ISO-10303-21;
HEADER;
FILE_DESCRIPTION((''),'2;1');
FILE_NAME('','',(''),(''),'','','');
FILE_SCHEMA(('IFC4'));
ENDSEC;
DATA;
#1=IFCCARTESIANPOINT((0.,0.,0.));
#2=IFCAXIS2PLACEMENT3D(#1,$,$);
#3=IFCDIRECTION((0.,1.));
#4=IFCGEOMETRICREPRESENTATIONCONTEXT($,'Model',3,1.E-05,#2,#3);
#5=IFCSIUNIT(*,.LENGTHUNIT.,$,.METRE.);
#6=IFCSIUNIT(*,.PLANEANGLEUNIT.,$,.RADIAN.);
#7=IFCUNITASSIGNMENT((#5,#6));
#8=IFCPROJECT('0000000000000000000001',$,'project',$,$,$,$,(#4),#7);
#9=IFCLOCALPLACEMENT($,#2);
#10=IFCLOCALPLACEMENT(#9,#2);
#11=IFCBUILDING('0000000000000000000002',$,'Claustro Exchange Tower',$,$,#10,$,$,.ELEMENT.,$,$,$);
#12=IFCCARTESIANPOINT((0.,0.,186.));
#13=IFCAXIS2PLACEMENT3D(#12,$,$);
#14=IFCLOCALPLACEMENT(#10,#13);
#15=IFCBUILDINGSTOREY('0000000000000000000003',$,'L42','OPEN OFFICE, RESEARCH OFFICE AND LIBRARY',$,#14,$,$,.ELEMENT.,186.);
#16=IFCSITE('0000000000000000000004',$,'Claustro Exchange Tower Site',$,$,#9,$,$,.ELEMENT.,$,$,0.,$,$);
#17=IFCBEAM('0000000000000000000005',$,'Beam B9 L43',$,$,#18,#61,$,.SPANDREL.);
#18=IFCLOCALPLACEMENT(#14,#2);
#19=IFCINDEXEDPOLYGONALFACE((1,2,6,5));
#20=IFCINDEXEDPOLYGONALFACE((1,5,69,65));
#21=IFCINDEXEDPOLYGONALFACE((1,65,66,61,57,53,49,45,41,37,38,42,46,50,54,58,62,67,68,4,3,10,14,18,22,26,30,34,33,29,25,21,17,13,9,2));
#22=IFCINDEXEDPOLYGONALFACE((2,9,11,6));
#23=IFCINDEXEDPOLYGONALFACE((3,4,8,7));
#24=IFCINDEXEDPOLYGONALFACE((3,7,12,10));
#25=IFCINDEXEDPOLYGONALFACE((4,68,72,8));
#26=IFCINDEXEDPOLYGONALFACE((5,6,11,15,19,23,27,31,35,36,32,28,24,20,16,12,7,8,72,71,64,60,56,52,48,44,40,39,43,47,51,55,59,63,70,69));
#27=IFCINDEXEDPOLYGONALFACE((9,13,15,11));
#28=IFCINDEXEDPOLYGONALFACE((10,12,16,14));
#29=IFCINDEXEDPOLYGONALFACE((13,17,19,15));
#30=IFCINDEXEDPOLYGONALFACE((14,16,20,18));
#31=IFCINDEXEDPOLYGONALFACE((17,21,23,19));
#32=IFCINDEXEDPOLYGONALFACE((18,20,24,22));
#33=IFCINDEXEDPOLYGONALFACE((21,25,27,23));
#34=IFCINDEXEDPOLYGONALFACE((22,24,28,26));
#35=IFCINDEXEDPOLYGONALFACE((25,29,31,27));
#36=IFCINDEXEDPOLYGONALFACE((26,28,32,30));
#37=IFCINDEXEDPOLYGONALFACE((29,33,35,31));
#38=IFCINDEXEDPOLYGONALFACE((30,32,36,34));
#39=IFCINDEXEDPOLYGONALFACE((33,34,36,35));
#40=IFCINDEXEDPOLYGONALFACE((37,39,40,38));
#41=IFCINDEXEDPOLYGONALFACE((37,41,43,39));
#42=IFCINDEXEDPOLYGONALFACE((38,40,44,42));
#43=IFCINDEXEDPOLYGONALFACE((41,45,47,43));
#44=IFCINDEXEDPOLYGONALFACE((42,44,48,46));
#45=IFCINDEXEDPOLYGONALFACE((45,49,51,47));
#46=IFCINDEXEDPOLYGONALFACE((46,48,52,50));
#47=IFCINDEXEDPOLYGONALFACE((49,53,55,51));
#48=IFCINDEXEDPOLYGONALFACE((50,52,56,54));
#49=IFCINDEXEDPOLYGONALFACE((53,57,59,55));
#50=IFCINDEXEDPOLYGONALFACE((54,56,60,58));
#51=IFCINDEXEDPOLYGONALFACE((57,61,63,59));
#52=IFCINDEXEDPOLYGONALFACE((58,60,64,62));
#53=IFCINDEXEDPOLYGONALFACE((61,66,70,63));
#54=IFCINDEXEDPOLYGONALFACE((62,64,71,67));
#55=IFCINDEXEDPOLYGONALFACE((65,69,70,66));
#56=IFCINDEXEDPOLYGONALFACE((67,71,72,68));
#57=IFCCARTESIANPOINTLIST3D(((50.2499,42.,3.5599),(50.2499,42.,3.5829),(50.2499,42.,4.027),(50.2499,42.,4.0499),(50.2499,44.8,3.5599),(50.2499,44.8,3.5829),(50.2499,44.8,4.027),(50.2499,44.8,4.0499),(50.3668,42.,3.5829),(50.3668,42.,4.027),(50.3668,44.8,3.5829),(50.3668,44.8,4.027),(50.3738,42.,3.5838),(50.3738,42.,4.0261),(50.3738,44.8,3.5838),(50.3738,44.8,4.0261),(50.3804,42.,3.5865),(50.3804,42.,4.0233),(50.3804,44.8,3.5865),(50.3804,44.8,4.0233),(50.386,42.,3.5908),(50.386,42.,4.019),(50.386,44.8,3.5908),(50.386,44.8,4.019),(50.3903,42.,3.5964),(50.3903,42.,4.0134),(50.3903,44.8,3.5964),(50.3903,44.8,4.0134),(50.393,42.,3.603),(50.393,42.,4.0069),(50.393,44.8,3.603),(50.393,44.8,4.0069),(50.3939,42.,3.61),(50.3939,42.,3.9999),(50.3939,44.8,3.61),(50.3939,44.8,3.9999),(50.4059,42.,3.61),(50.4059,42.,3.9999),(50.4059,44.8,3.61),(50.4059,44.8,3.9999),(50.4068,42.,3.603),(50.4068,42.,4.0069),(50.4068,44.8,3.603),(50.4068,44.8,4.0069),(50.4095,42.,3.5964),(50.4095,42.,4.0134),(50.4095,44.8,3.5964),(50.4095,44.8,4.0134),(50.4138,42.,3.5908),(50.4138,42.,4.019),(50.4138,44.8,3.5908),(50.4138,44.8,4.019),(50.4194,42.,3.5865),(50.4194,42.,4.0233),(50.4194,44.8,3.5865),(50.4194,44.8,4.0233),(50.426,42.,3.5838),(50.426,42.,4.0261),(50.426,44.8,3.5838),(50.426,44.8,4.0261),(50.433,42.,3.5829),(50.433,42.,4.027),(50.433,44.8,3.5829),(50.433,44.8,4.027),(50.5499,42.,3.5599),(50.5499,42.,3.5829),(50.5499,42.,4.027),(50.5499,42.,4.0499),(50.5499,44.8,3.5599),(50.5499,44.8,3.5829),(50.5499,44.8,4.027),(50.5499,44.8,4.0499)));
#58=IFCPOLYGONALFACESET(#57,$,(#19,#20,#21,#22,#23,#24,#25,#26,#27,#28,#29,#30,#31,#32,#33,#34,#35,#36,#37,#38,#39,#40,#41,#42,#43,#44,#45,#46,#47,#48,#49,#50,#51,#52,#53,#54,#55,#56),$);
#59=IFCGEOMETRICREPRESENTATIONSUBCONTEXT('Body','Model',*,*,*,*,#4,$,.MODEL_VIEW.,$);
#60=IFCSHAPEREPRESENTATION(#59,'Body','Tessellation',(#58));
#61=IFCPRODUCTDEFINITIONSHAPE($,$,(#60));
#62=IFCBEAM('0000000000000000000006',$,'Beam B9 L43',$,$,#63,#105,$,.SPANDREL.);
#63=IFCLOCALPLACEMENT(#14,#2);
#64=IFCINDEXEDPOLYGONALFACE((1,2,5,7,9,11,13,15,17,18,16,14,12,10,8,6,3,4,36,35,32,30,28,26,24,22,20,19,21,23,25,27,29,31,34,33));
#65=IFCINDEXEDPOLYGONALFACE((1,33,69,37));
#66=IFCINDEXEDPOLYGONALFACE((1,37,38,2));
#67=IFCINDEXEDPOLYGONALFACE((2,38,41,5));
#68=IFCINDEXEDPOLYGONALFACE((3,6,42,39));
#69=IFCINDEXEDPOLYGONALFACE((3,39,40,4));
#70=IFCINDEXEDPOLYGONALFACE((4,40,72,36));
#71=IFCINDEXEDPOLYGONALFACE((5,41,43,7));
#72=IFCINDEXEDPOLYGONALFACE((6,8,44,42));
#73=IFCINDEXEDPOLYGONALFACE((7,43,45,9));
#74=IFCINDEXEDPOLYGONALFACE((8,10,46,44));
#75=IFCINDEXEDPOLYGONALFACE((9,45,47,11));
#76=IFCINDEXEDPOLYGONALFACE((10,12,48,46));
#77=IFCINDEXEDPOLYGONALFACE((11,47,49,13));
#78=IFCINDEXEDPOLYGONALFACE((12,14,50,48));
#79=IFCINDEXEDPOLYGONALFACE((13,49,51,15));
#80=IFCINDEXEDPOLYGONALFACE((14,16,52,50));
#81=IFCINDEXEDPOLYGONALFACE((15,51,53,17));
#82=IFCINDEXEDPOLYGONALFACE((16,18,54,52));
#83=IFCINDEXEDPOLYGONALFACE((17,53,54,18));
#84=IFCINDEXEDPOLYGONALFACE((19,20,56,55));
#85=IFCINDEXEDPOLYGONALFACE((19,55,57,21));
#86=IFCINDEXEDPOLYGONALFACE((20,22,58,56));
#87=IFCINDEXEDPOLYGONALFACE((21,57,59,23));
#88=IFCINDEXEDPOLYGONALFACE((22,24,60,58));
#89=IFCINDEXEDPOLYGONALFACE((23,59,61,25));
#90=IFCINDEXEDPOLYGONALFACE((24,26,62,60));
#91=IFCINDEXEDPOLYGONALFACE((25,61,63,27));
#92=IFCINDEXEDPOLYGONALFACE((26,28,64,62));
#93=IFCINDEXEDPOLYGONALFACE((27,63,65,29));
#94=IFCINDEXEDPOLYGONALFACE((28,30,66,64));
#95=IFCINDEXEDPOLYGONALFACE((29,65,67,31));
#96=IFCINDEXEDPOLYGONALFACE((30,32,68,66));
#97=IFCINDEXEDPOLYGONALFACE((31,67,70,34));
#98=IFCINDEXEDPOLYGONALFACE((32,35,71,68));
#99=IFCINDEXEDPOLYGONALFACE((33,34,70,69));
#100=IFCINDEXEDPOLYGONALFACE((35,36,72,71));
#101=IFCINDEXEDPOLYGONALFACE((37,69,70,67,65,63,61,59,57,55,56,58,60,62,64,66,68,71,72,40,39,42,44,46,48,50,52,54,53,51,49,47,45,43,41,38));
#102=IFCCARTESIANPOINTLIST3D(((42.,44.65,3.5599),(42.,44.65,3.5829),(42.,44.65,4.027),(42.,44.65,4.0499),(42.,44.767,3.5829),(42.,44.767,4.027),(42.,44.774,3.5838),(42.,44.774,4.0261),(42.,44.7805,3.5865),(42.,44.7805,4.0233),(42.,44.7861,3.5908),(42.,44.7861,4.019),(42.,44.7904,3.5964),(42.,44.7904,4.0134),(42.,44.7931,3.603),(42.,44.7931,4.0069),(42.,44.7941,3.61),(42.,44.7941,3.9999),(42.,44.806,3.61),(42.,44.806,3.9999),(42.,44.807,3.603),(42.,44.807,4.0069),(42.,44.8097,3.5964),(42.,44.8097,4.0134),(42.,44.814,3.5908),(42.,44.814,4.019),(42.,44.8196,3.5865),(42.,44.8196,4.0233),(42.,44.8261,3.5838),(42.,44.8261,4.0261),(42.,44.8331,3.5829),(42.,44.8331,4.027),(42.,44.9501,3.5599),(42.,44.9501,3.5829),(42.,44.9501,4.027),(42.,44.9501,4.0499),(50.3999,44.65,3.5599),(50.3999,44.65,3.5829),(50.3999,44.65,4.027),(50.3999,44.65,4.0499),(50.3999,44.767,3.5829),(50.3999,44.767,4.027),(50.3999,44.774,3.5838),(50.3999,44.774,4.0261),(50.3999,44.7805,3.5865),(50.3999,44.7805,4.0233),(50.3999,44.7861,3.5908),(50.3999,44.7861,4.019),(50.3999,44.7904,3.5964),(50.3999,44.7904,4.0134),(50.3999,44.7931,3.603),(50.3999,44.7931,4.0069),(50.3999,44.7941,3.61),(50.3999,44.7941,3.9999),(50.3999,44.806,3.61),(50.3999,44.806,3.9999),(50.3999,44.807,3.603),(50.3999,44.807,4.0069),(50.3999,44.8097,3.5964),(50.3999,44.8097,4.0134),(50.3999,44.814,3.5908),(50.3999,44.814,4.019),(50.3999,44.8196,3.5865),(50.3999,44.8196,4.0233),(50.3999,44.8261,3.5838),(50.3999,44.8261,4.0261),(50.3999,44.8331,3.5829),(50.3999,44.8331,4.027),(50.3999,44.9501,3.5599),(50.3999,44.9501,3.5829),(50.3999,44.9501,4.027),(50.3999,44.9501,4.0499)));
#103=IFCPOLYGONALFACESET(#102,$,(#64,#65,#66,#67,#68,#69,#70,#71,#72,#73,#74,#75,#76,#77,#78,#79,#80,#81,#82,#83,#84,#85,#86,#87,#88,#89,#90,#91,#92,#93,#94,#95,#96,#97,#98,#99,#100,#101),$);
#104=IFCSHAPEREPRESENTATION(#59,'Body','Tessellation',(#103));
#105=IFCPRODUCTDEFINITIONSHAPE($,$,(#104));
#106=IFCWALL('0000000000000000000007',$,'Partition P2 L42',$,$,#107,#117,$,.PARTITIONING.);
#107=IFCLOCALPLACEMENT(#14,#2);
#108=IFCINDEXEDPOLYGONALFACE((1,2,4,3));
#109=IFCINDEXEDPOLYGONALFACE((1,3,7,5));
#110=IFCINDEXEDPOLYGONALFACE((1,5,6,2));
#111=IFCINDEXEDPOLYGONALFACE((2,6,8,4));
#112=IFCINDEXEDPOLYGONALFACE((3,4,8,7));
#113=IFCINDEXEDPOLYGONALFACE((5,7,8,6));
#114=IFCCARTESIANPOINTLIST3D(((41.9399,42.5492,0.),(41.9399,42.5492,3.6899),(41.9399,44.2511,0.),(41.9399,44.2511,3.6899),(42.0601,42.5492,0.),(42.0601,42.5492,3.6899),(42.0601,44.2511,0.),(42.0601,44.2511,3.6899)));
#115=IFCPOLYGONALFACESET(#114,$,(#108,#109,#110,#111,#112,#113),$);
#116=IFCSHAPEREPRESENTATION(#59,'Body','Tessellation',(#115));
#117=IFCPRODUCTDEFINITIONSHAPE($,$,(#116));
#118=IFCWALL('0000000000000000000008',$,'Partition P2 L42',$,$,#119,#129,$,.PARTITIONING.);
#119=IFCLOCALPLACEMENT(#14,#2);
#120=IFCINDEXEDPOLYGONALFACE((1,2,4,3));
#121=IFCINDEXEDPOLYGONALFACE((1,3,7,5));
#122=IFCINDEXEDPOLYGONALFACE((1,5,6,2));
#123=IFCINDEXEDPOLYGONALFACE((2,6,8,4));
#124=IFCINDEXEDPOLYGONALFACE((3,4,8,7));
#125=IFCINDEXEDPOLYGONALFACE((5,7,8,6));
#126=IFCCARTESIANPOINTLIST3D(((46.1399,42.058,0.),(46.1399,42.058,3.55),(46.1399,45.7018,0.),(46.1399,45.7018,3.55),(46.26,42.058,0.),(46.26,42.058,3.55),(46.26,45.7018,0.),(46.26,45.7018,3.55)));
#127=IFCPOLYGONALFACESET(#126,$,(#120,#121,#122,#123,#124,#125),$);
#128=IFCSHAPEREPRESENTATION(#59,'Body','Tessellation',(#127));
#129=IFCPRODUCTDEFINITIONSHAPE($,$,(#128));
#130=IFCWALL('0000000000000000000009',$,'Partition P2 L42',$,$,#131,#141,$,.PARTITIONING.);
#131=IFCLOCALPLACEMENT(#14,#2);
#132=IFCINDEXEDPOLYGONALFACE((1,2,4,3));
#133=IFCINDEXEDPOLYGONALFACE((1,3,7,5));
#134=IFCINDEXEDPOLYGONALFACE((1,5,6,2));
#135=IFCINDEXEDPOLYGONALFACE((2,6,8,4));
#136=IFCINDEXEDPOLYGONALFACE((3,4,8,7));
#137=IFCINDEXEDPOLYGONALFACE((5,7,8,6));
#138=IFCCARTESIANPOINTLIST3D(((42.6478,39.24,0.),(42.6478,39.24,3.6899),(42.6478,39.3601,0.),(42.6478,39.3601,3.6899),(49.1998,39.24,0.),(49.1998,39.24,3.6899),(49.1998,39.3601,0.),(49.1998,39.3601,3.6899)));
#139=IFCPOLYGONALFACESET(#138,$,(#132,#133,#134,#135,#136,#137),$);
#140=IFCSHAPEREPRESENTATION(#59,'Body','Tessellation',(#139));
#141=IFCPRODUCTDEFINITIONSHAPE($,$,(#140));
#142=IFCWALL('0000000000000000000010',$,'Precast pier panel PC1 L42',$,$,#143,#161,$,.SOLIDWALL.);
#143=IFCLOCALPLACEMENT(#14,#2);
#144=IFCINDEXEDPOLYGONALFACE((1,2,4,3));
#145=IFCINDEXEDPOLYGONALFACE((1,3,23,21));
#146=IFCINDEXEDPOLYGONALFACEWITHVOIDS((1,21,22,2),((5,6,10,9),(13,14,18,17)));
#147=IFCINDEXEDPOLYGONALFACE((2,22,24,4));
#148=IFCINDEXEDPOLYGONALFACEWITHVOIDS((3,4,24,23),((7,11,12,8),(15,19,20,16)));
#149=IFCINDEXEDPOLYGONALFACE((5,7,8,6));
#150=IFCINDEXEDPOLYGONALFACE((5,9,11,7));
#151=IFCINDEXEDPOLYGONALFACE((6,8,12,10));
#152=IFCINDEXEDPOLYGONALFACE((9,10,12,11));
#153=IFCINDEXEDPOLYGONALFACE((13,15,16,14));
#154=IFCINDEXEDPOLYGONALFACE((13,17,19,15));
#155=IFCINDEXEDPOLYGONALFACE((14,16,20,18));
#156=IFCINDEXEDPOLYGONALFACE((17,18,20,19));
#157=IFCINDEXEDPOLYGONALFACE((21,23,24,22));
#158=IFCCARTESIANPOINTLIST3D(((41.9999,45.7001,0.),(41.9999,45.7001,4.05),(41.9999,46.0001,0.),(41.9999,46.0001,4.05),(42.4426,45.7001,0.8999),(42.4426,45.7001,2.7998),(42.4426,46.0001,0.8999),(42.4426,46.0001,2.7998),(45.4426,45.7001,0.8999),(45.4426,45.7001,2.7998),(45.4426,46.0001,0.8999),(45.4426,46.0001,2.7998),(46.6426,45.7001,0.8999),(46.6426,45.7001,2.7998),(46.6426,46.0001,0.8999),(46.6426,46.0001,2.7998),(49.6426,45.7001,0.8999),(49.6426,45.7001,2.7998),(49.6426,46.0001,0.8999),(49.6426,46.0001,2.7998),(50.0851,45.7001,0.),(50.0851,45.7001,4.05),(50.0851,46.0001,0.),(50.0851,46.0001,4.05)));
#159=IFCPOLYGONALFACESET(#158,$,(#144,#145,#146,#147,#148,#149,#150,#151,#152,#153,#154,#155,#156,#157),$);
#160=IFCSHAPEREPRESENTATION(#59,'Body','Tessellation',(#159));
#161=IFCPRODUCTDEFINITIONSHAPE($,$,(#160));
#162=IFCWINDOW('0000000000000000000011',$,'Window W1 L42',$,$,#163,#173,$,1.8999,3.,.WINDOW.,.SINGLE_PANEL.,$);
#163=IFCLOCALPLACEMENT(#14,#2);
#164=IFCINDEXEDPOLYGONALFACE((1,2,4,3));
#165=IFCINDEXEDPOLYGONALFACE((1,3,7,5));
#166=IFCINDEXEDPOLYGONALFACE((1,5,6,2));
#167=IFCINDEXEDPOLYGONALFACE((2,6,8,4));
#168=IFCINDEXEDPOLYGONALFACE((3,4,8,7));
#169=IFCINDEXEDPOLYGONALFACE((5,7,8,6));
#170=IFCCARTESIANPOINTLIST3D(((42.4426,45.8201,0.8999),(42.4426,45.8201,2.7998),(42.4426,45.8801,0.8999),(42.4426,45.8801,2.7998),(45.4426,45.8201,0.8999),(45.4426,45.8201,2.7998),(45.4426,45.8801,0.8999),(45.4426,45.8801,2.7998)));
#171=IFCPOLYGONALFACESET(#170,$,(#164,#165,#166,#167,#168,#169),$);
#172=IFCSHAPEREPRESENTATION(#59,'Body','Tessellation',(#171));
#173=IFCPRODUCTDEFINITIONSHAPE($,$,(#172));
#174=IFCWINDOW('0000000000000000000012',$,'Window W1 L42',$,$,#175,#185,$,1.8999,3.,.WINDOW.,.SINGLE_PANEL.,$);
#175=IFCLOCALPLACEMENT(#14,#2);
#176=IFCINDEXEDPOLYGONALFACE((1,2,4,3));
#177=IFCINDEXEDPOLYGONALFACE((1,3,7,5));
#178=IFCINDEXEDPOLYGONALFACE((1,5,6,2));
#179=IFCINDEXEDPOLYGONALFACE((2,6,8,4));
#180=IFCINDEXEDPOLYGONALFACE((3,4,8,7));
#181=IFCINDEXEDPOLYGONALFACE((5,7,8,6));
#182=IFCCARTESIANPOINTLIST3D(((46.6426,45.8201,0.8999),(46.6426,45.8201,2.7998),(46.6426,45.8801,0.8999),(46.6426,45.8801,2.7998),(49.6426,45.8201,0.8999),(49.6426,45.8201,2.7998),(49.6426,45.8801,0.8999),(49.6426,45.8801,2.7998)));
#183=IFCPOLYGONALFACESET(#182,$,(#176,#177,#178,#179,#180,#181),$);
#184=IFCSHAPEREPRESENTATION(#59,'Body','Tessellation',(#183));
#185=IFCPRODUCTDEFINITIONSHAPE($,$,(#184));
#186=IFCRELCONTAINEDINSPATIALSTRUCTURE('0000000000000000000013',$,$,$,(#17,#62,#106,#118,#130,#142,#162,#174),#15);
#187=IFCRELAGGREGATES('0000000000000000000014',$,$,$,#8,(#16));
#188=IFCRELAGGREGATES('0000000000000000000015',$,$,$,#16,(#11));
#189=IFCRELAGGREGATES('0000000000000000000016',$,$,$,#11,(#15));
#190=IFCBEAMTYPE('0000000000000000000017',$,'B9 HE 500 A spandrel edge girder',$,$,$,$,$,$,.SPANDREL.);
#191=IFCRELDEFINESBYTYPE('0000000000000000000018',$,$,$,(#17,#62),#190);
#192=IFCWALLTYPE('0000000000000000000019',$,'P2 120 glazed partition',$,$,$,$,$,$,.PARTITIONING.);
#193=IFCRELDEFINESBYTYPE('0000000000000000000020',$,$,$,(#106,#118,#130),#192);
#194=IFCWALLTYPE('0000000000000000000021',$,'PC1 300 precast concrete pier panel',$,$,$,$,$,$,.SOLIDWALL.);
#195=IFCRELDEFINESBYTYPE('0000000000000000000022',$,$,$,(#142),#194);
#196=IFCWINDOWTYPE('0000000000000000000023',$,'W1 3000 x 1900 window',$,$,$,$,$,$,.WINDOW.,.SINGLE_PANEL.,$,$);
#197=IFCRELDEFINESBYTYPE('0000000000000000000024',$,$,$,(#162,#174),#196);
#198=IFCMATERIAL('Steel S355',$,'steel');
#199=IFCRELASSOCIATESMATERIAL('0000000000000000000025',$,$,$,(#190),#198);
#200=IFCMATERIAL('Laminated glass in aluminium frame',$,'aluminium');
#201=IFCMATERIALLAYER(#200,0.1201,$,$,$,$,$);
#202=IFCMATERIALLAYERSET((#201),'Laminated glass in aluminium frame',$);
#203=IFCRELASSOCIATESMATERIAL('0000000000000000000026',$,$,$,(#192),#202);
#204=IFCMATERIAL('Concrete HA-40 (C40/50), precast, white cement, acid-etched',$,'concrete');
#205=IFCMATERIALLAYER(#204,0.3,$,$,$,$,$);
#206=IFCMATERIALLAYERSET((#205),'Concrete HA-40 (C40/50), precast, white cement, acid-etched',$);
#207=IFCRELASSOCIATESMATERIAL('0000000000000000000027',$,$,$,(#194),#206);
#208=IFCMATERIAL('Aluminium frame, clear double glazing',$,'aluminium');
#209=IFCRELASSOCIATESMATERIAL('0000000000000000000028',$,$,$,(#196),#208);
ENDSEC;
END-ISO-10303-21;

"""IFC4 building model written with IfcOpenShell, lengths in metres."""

from ifc_helpers import new_model, si_unit, direction, frame, frame_2d, origin, origin_2d, place, context, subcontext, project, spatial, rectangle, i_section, extrude, material, layer, layer_set, material_profile, profile_set, type_object, element, fill, save


model = new_model("IFC4")

# Units and contexts
model_context = context("Model", 3, precision=1e-05, world=origin(), true_north=direction((0.0, 1.0)))
body_context = subcontext(model_context, "Body", "Model", "MODEL_VIEW")
ifc_project = project(units=[si_unit("LENGTHUNIT", "METRE"), si_unit("PLANEANGLEUNIT", "RADIAN")], contexts=[model_context])

# Site, building, storey
site_placement = place(None, origin())
site = spatial("IfcSite", under=ifc_project, at=site_placement, Name="Claustro Exchange Tower Site", CompositionType="ELEMENT", RefElevation=0.0)
building_placement = place(site_placement, origin())
building = spatial("IfcBuilding", under=site, at=building_placement, Name="Claustro Exchange Tower", CompositionType="ELEMENT")
storey_placement = place(building_placement, frame((0.0, 0.0, 186.0)))
storey = spatial("IfcBuildingStorey", under=building, at=storey_placement, Name="L42", Description="OPEN OFFICE, RESEARCH OFFICE AND LIBRARY", CompositionType="ELEMENT", Elevation=186.0)

# Beams
ifc_material_1 = material(Name="Steel S355", Category="steel")
ifc_material_profile_1 = material_profile(ifc_material_1, i_section(OverallWidth=0.3, OverallDepth=0.49, WebThickness=0.012, FlangeThickness=0.0229, FilletRadius=0.0271, at=origin_2d()), Name="HE 500 A")
ifc_profile_set_1 = profile_set([ifc_material_profile_1], Name="Steel S355")
beam_type_1 = type_object("IfcBeamType", Name="B9 HE 500 A spandrel edge girder", PredefinedType="SPANDREL", material=ifc_profile_set_1)
beam_1_placement = place(storey_placement, frame((50.3999, 42.0, 3.8049), z_axis=(0.0, 1.0, 0.0), x_axis=(-1.0, 0.0, 0.0)))
element("IfcBeam", 1, at=beam_1_placement, inside=storey, type_object=beam_type_1, Name="Beam B9 L43", PredefinedType="SPANDREL", context=body_context, shape_type="SweptSolid", body=[
    extrude(i_section(OverallWidth=0.3, OverallDepth=0.49, WebThickness=0.012, FlangeThickness=0.0229, FilletRadius=0.0271, at=origin_2d()), origin(), (0.0, 0.0, 1.0), 2.8),
])
beam_2_placement = place(storey_placement, frame((42.0, 44.8, 3.8049), z_axis=(1.0, 0.0, 0.0), x_axis=(0.0, 1.0, 0.0)))
element("IfcBeam", 2, at=beam_2_placement, inside=storey, type_object=beam_type_1, Name="Beam B9 L43", PredefinedType="SPANDREL", context=body_context, shape_type="SweptSolid", body=[
    extrude(i_section(OverallWidth=0.3, OverallDepth=0.49, WebThickness=0.012, FlangeThickness=0.0229, FilletRadius=0.0271, at=origin_2d()), origin(), (0.0, 0.0, 1.0), 8.3999),
])

# Shared definitions
ifc_material_2 = material(Name="Laminated glass in aluminium frame", Category="aluminium")
ifc_layer_1 = layer(ifc_material_2, 0.1201)
ifc_layer_set_1 = layer_set([ifc_layer_1], Name="Laminated glass in aluminium frame")
wall_type_1 = type_object("IfcWallType", Name="P2 120 glazed partition", PredefinedType="PARTITIONING", material=ifc_layer_set_1)

# Walls
wall_1_placement = place(storey_placement, frame((42.0, 42.5491, 0.0), z_axis=(0.0, 0.0, 1.0), x_axis=(0.0, 1.0, 0.0)))
element("IfcWall", 3, at=wall_1_placement, inside=storey, type_object=wall_type_1, Name="Partition P2 L42", PredefinedType="PARTITIONING", context=body_context, shape_type="SweptSolid", body=[
    extrude(rectangle(XDim=1.7019, YDim=0.1201, at=frame_2d((0.8511, 0.0))), origin(), (0.0, 0.0, 1.0), 3.6899),
])
wall_2_placement = place(storey_placement, frame((46.2, 42.0581, 0.0), z_axis=(0.0, 0.0, 1.0), x_axis=(0.0, 1.0, 0.0)))
element("IfcWall", 4, at=wall_2_placement, inside=storey, type_object=wall_type_1, Name="Partition P2 L42", PredefinedType="PARTITIONING", context=body_context, shape_type="SweptSolid", body=[
    extrude(rectangle(XDim=3.6438, YDim=0.1201, at=frame_2d((1.8218, 0.0))), origin(), (0.0, 0.0, 1.0), 3.55),
])
wall_3_placement = place(storey_placement, frame((42.6479, 39.3, 0.0), z_axis=(0.0, 0.0, 1.0), x_axis=(1.0, 0.0, 0.0)))
element("IfcWall", 5, at=wall_3_placement, inside=storey, type_object=wall_type_1, Name="Partition P2 L42", PredefinedType="PARTITIONING", context=body_context, shape_type="SweptSolid", body=[
    extrude(rectangle(XDim=6.552, YDim=0.1201, at=frame_2d((3.2759, 0.0))), origin(), (0.0, 0.0, 1.0), 3.6899),
])

# Wall, openings, windows
ifc_material_3 = material(Name="Concrete HA-40 (C40/50), precast, white cement, acid-etched", Category="concrete")
ifc_layer_2 = layer(ifc_material_3, 0.3)
ifc_layer_set_2 = layer_set([ifc_layer_2], Name="Concrete HA-40 (C40/50), precast, white cement, acid-etched")
wall_type_2 = type_object("IfcWallType", Name="PC1 300 precast concrete pier panel", PredefinedType="SOLIDWALL", material=ifc_layer_set_2)
wall_4_placement = place(storey_placement, frame((42.0, 45.8501, 0.0), z_axis=(0.0, 0.0, 1.0), x_axis=(1.0, 0.0, 0.0)))
wall_4 = element("IfcWall", 6, at=wall_4_placement, inside=storey, type_object=wall_type_2, Name="Precast pier panel PC1 L42", PredefinedType="SOLIDWALL", context=body_context, shape_type="SweptSolid", body=[
    extrude(rectangle(XDim=8.0852, YDim=0.3, at=frame_2d((4.0425, 0.0))), origin(), (0.0, 0.0, 1.0), 4.05),
])
opening_1_placement = place(wall_4_placement, frame((0.4426, 0.0, 0.8999)))
opening_1 = element("IfcOpeningElement", 7, at=opening_1_placement, cuts=wall_4, PredefinedType="OPENING", context=body_context, shape_type="SweptSolid", body=[
    extrude(rectangle(XDim=3.0, YDim=1.8999, at=frame_2d((1.5, 0.95))), frame((0.0, 0.1599, 0.0), z_axis=(0.0, -1.0, 0.0), x_axis=(1.0, 0.0, 0.0)), (0.0, 0.0, 1.0), 0.3201),
])
opening_2_placement = place(wall_4_placement, frame((4.6426, 0.0, 0.8999)))
opening_2 = element("IfcOpeningElement", 8, at=opening_2_placement, cuts=wall_4, PredefinedType="OPENING", context=body_context, shape_type="SweptSolid", body=[
    extrude(rectangle(XDim=3.0, YDim=1.8999, at=frame_2d((1.5, 0.95))), frame((0.0, 0.1599, 0.0), z_axis=(0.0, -1.0, 0.0), x_axis=(1.0, 0.0, 0.0)), (0.0, 0.0, 1.0), 0.3201),
])
ifc_material_4 = material(Name="Aluminium frame, clear double glazing", Category="aluminium")
window_type_1 = type_object("IfcWindowType", Name="W1 3000 x 1900 window", PartitioningType="SINGLE_PANEL", PredefinedType="WINDOW", material=ifc_material_4)
window_1_placement = place(opening_1_placement, origin())
window_1 = element("IfcWindow", 9, at=window_1_placement, inside=storey, type_object=window_type_1, Name="Window W1 L42", OverallHeight=1.8999, OverallWidth=3.0, PartitioningType="SINGLE_PANEL", PredefinedType="WINDOW", context=body_context, shape_type="SweptSolid", body=[
    extrude(rectangle(XDim=3.0, YDim=1.8999, at=frame_2d((1.5, 0.95))), frame((0.0, 0.03, 0.0), z_axis=(0.0, -1.0, 0.0), x_axis=(1.0, 0.0, 0.0)), (0.0, 0.0, 1.0), 0.0601),
])
fill(opening_1, window_1)
window_2_placement = place(opening_2_placement, origin())
window_2 = element("IfcWindow", 10, at=window_2_placement, inside=storey, type_object=window_type_1, Name="Window W1 L42", OverallHeight=1.8999, OverallWidth=3.0, PartitioningType="SINGLE_PANEL", PredefinedType="WINDOW", context=body_context, shape_type="SweptSolid", body=[
    extrude(rectangle(XDim=3.0, YDim=1.8999, at=frame_2d((1.5, 0.95))), frame((0.0, 0.03, 0.0), z_axis=(0.0, -1.0, 0.0), x_axis=(1.0, 0.0, 0.0)), (0.0, 0.0, 1.0), 0.0601),
])
fill(opening_2, window_2)

save(model, "model.ifc")
